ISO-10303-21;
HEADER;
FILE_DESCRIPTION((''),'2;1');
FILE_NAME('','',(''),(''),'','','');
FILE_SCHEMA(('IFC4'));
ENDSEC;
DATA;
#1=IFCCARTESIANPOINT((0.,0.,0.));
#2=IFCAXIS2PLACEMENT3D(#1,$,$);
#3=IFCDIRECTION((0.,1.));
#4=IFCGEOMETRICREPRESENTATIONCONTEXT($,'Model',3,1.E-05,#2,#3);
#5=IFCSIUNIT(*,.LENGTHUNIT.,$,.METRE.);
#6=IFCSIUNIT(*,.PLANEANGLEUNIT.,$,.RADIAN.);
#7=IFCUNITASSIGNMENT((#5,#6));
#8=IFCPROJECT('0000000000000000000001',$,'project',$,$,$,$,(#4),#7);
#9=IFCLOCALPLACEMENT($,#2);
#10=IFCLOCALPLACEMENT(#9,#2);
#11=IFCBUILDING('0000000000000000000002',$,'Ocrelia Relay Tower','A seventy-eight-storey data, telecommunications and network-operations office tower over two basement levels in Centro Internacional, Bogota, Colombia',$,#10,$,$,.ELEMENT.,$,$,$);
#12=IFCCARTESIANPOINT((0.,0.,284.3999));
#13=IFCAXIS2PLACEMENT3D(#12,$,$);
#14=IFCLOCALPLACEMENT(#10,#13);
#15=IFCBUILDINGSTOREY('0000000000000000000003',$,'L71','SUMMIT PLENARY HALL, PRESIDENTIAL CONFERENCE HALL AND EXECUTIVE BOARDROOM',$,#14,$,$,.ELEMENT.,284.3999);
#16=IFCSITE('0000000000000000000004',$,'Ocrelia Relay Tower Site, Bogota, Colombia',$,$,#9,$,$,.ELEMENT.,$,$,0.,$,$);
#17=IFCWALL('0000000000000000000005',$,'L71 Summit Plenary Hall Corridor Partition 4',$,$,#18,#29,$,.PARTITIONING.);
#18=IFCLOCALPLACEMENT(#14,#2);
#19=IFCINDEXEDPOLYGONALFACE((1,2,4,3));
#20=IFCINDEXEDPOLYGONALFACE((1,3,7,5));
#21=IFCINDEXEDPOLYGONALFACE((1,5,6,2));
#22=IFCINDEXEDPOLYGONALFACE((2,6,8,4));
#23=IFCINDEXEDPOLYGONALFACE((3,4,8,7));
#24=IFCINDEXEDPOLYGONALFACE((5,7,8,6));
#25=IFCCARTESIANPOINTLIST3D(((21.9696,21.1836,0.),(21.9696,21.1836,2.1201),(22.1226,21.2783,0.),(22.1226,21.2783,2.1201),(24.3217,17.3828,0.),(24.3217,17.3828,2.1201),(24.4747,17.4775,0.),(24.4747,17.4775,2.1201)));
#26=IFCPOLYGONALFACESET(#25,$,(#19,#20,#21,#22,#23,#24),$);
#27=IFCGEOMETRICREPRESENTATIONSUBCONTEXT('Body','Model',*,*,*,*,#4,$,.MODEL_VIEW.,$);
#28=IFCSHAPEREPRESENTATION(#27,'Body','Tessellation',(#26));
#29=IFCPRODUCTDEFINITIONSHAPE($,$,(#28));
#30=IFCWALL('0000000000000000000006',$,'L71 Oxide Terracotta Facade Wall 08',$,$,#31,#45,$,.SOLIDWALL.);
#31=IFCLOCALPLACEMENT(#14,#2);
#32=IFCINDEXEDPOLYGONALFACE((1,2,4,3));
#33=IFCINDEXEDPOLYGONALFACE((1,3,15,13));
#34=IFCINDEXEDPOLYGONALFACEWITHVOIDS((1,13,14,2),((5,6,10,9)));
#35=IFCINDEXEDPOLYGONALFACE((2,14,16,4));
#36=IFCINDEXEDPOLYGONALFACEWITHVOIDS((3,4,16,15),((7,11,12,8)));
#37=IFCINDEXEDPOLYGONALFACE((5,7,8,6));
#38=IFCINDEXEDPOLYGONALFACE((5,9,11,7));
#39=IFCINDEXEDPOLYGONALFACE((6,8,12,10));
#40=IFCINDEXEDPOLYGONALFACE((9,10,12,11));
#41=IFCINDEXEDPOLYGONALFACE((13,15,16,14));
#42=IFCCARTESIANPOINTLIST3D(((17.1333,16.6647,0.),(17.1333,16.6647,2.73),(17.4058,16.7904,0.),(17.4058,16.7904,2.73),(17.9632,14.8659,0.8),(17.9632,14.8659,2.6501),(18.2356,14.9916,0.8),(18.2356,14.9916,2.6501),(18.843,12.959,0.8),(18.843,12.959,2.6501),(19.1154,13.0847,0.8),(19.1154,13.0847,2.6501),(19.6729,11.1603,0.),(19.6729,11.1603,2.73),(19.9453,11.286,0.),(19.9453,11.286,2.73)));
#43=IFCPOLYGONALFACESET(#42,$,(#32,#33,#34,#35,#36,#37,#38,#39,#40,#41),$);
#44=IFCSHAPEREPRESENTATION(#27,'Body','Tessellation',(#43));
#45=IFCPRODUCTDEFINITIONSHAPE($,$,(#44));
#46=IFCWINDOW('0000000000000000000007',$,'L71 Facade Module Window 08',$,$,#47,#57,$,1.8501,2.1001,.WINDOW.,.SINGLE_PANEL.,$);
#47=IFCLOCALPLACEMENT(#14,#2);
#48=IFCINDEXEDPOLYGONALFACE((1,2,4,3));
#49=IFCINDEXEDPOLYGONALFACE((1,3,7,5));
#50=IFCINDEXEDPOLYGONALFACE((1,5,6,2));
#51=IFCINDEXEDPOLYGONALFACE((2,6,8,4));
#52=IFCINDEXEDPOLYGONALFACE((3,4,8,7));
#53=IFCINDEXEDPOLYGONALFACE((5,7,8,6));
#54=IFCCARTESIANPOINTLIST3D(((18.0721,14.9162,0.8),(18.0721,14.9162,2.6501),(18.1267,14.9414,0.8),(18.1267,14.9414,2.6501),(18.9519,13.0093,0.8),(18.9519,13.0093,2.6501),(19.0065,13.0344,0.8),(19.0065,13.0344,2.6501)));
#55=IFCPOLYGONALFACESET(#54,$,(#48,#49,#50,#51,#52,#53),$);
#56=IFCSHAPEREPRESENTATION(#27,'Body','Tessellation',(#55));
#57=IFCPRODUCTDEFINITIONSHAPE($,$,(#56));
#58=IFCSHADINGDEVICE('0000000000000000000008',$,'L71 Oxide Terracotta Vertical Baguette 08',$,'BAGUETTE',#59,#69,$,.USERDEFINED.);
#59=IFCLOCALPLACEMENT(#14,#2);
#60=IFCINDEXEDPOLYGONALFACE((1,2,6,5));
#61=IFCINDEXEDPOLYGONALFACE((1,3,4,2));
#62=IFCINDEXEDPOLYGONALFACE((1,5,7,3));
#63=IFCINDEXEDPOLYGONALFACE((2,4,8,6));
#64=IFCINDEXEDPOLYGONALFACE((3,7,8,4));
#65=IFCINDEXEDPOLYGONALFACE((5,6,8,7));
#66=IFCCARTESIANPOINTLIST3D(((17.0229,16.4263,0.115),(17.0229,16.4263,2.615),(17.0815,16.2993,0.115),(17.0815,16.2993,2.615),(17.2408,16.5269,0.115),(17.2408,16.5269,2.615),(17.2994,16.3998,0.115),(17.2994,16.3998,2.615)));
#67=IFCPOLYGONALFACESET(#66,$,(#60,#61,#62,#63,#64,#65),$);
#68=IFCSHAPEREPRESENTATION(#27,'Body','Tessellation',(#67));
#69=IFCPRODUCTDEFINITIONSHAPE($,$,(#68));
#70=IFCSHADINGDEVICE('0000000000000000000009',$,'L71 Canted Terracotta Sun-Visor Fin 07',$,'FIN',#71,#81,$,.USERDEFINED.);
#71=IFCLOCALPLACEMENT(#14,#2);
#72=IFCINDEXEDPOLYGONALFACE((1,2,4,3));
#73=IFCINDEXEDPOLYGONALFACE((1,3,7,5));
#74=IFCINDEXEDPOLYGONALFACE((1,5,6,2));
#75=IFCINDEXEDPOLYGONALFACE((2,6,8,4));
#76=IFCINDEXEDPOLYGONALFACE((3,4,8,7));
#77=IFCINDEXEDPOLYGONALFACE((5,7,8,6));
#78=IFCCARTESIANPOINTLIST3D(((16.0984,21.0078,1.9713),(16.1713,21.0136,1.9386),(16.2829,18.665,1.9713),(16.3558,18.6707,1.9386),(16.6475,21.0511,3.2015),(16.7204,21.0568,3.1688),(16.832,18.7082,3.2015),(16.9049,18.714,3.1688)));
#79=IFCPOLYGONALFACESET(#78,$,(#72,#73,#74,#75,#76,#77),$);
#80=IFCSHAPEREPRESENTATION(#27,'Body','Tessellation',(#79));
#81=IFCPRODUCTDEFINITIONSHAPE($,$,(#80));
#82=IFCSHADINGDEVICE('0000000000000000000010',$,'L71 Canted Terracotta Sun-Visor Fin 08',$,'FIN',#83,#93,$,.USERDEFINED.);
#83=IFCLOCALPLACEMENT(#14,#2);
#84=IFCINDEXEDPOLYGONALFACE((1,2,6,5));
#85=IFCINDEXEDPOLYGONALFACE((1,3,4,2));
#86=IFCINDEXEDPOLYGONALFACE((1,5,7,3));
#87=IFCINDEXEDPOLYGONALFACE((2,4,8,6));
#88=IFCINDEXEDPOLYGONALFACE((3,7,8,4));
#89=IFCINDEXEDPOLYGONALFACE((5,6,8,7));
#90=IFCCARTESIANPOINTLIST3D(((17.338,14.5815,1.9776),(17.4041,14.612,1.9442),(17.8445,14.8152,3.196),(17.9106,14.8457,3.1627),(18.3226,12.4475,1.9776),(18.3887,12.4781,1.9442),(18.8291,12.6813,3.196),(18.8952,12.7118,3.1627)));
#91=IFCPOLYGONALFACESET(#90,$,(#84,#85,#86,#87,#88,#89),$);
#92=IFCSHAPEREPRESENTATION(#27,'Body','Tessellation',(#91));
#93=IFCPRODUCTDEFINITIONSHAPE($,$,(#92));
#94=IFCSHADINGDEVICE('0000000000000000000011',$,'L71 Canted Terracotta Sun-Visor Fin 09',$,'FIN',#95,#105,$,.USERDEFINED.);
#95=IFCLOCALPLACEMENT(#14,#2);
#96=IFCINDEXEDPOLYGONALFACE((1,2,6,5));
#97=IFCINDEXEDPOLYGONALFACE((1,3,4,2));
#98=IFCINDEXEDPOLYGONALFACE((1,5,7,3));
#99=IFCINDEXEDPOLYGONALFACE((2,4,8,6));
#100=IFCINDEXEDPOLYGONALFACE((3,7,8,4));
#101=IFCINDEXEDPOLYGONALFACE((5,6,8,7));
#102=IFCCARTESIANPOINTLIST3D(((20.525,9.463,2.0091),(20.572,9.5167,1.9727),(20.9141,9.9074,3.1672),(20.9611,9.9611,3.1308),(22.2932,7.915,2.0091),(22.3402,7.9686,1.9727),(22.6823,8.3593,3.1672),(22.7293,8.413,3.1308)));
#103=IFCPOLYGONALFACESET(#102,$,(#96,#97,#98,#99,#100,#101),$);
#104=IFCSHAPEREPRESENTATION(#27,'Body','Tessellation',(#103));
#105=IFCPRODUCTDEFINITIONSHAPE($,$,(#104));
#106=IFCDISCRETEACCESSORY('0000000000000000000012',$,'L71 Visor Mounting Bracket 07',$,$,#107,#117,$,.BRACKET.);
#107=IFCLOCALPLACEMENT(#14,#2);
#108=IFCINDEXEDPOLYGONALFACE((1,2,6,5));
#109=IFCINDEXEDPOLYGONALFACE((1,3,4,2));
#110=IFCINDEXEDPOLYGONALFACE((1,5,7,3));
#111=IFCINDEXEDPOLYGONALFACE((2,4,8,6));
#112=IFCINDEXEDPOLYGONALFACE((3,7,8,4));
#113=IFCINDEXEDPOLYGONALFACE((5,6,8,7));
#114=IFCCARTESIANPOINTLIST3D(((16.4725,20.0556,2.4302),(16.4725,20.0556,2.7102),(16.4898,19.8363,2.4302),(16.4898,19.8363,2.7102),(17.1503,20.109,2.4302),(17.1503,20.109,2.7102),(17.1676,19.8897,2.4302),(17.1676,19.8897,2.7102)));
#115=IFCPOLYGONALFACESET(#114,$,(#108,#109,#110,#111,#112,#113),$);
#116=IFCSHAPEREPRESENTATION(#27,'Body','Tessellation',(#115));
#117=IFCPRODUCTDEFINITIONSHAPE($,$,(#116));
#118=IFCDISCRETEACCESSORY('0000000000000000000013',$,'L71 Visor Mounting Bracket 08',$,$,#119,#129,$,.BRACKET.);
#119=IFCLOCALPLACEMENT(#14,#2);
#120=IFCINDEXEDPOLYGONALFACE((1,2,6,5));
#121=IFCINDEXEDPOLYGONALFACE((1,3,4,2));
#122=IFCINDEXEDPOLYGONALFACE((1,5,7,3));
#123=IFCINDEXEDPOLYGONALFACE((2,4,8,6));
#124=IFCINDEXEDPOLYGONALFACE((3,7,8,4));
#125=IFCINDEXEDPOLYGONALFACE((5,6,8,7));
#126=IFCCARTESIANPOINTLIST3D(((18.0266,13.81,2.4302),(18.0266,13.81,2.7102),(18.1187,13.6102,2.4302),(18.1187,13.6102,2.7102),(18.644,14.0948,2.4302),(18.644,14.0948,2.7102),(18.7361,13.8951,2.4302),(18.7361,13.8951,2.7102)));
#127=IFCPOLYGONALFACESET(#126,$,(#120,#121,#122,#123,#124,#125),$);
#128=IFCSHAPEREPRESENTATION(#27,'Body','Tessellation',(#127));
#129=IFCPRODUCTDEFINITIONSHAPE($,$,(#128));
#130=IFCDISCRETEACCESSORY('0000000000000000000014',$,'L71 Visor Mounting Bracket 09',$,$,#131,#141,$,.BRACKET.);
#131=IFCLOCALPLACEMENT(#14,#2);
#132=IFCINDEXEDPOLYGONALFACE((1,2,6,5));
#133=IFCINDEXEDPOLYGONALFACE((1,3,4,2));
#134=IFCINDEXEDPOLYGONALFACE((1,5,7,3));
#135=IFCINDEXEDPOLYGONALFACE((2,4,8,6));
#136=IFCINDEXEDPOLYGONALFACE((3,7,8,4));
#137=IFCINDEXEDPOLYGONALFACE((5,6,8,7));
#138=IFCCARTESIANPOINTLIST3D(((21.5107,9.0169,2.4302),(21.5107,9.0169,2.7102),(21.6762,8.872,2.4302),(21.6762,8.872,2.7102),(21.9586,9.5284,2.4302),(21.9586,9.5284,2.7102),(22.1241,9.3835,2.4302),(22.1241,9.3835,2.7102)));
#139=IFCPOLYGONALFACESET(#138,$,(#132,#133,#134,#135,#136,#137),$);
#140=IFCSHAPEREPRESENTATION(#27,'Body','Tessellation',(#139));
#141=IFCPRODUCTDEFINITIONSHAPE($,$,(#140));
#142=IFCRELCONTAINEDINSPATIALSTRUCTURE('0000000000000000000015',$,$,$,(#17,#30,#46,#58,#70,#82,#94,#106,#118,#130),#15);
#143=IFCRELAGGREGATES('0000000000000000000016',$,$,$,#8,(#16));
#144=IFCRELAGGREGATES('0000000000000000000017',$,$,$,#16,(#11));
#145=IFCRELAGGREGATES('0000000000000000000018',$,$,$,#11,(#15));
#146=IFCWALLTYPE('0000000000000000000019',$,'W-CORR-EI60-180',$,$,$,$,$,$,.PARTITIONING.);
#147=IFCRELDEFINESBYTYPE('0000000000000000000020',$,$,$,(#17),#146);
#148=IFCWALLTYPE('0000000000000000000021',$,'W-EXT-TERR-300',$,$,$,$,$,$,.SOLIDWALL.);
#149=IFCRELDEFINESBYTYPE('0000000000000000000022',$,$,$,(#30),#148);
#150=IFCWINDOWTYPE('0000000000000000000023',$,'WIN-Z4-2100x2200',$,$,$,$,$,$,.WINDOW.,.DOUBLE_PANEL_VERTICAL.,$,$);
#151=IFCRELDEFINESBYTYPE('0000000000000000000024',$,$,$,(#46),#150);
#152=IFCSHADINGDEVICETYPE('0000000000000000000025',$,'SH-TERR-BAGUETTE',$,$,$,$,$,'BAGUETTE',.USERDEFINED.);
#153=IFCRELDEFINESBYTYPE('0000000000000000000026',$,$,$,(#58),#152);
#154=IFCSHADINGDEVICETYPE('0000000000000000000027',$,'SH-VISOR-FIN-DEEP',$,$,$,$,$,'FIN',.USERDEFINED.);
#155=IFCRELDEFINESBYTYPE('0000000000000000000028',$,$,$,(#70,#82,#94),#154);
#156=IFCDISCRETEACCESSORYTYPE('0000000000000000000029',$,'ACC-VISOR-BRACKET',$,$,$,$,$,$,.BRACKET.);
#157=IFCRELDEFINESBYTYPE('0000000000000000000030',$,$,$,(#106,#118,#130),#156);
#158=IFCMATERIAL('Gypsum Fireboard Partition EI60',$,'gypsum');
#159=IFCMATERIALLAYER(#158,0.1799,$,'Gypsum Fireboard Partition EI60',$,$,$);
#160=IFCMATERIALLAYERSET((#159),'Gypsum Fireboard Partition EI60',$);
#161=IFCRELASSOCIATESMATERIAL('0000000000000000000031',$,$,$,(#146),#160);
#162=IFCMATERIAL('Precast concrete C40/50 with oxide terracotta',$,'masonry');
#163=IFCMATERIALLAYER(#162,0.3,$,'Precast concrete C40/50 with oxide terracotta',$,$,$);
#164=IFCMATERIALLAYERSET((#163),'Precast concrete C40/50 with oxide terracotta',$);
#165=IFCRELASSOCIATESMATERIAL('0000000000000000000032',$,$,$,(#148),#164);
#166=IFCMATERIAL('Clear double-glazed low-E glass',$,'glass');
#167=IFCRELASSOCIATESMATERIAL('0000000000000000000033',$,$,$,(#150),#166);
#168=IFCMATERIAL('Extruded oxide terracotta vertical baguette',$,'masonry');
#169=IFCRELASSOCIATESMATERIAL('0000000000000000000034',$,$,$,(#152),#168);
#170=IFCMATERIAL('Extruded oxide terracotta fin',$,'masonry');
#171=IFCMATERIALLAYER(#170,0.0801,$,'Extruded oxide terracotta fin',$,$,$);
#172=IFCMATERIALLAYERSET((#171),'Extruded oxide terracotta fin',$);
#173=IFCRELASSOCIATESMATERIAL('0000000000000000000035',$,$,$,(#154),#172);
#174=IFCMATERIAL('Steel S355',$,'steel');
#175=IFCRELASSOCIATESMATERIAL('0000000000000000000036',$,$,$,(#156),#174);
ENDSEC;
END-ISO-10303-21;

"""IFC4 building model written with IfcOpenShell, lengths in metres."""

from ifc_helpers import new_model, si_unit, direction, frame, frame_2d, origin, origin_2d, place, context, subcontext, project, spatial, rectangle, extrude, material, layer, layer_set, type_object, element, fill, save


model = new_model("IFC4")

# Units and contexts
model_context = context("Model", 3, precision=1e-05, world=origin(), true_north=direction((0.0, 1.0)))
body_context = subcontext(model_context, "Body", "Model", "MODEL_VIEW")
ifc_project = project(units=[si_unit("LENGTHUNIT", "METRE"), si_unit("PLANEANGLEUNIT", "RADIAN")], contexts=[model_context])

# Site, building, storey
site_placement = place(None, origin())
site = spatial("IfcSite", under=ifc_project, at=site_placement, Name="Ocrelia Relay Tower Site, Bogota, Colombia", CompositionType="ELEMENT", RefElevation=0.0)
building_placement = place(site_placement, origin())
building = spatial("IfcBuilding", under=site, at=building_placement, Name="Ocrelia Relay Tower", Description="A seventy-eight-storey data, telecommunications and network-operations office tower over two basement levels in Centro Internacional, Bogota, Colombia", CompositionType="ELEMENT")
storey_placement = place(building_placement, frame((0.0, 0.0, 284.3999)))
storey = spatial("IfcBuildingStorey", under=building, at=storey_placement, Name="L71", Description="SUMMIT PLENARY HALL, PRESIDENTIAL CONFERENCE HALL AND EXECUTIVE BOARDROOM", CompositionType="ELEMENT", Elevation=284.3999)

# Shared definitions
ifc_material_1 = material(Name="Steel S355", Category="steel")

# Shared definitions
ifc_material_2 = material(Name="Clear double-glazed low-E glass", Category="glass")

# Wall
ifc_material_3 = material(Name="Gypsum Fireboard Partition EI60", Category="gypsum")
ifc_layer_1 = layer(ifc_material_3, 0.1799, Name="Gypsum Fireboard Partition EI60")
ifc_layer_set_1 = layer_set([ifc_layer_1], Name="Gypsum Fireboard Partition EI60")
wall_type_1 = type_object("IfcWallType", Name="W-CORR-EI60-180", PredefinedType="PARTITIONING", material=ifc_layer_set_1)
wall_1_placement = place(storey_placement, frame((22.0461, 21.231, 0.0), z_axis=(0.0, 0.0, 1.0), x_axis=(0.526223, -0.850347, 0.0)))
element("IfcWall", 1, at=wall_1_placement, inside=storey, type_object=wall_type_1, Name="L71 Summit Plenary Hall Corridor Partition 4", PredefinedType="PARTITIONING", context=body_context, shape_type="SweptSolid", body=[
    extrude(rectangle(XDim=4.4697, YDim=0.1799, at=frame_2d((2.2349, 0.0))), origin(), (0.0, 0.0, 1.0), 2.1201),
])

# Wall, opening, window
ifc_material_4 = material(Name="Precast concrete C40/50 with oxide terracotta", Category="masonry")
ifc_layer_2 = layer(ifc_material_4, 0.3, Name="Precast concrete C40/50 with oxide terracotta")
ifc_layer_set_2 = layer_set([ifc_layer_2], Name="Precast concrete C40/50 with oxide terracotta")
wall_type_2 = type_object("IfcWallType", Name="W-EXT-TERR-300", PredefinedType="SOLIDWALL", material=ifc_layer_set_2)
wall_2_placement = place(storey_placement, frame((17.2695, 16.7275, 0.0), z_axis=(0.0, 0.0, 1.0), x_axis=(0.41893, -0.908018, 0.0)))
wall_2 = element("IfcWall", 2, at=wall_2_placement, inside=storey, type_object=wall_type_2, Name="L71 Oxide Terracotta Facade Wall 08", PredefinedType="SOLIDWALL", context=body_context, shape_type="SweptSolid", body=[
    extrude(rectangle(XDim=6.062, YDim=0.3, at=frame_2d((3.031, 0.0))), origin(), (0.0, 0.0, 1.0), 2.73),
])
opening_1_placement = place(wall_2_placement, frame((1.981, 0.0, 0.8)))
opening_1 = element("IfcOpeningElement", 3, at=opening_1_placement, cuts=wall_2, PredefinedType="OPENING", context=body_context, shape_type="SweptSolid", body=[
    extrude(rectangle(XDim=2.1001, YDim=1.8501, at=frame_2d((1.05, 0.925))), frame((0.0, 0.1602, 0.0), z_axis=(0.0, -1.0, 0.0), x_axis=(1.0, 0.0, 0.0)), (0.0, 0.0, 1.0), 0.3201),
])
window_type_1 = type_object("IfcWindowType", Name="WIN-Z4-2100x2200", PartitioningType="DOUBLE_PANEL_VERTICAL", PredefinedType="WINDOW", material=ifc_material_2)
window_1_placement = place(opening_1_placement, origin())
window_1 = element("IfcWindow", 4, at=window_1_placement, inside=storey, type_object=window_type_1, Name="L71 Facade Module Window 08", OverallHeight=1.8501, OverallWidth=2.1001, PartitioningType="SINGLE_PANEL", PredefinedType="WINDOW", context=body_context, shape_type="SweptSolid", body=[
    extrude(rectangle(XDim=2.1001, YDim=1.8501, at=frame_2d((1.05, 0.925))), frame((0.0, 0.03, 0.0), z_axis=(0.0, -1.0, 0.0), x_axis=(1.0, 0.0, 0.0)), (0.0, 0.0, 1.0), 0.0601),
])
fill(opening_1, window_1)

# Shading devices
ifc_material_5 = material(Name="Extruded oxide terracotta vertical baguette", Category="masonry")
shading_device_type_1 = type_object("IfcShadingDeviceType", Name="SH-TERR-BAGUETTE", ElementType="BAGUETTE", PredefinedType="USERDEFINED", material=ifc_material_5)
shading_device_1_placement = place(storey_placement, frame((17.1611, 16.4131, 0.115), z_axis=(0.0, 0.0, 1.0), x_axis=(0.418943, -0.908012, 0.0)))
element("IfcShadingDevice", 5, at=shading_device_1_placement, inside=storey, type_object=shading_device_type_1, Name="L71 Oxide Terracotta Vertical Baguette 08", ObjectType="BAGUETTE", PredefinedType="USERDEFINED", context=body_context, shape_type="SweptSolid", body=[
    extrude(rectangle(XDim=0.1399, YDim=0.24, at=origin_2d()), origin(), (0.0, 0.0, 1.0), 2.5),
])
ifc_material_6 = material(Name="Extruded oxide terracotta fin", Category="masonry")
ifc_layer_3 = layer(ifc_material_6, 0.0801, Name="Extruded oxide terracotta fin")
ifc_layer_set_3 = layer_set([ifc_layer_3], Name="Extruded oxide terracotta fin")
shading_device_type_2 = type_object("IfcShadingDeviceType", Name="SH-VISOR-FIN-DEEP", ElementType="FIN", PredefinedType="USERDEFINED", material=ifc_layer_set_3)
shading_device_2_placement = place(storey_placement, frame((16.5381, 19.8638, 2.5537), z_axis=(-0.909874, -0.071662, 0.408649), x_axis=(0.078517, -0.996913, 0.0)))
element("IfcShadingDevice", 6, at=shading_device_2_placement, inside=storey, type_object=shading_device_type_2, Name="L71 Canted Terracotta Sun-Visor Fin 07", ObjectType="FIN", PredefinedType="USERDEFINED", context=body_context, shape_type="SweptSolid", body=[
    extrude(rectangle(XDim=2.3501, YDim=1.3479, at=origin_2d()), origin(), (0.0, 0.0, 1.0), 0.0801),
])
shading_device_3_placement = place(storey_placement, frame((18.1497, 13.6619, 2.5535), z_axis=(-0.825598, -0.380918, 0.416281), x_axis=(0.418943, -0.908012, 0.0)))
element("IfcShadingDevice", 7, at=shading_device_3_placement, inside=storey, type_object=shading_device_type_2, Name="L71 Canted Terracotta Sun-Visor Fin 08", ObjectType="FIN", PredefinedType="USERDEFINED", context=body_context, shape_type="SweptSolid", body=[
    extrude(rectangle(XDim=2.3501, YDim=1.3401, at=origin_2d()), origin(), (0.0, 0.0, 1.0), 0.0801),
])
shading_device_4_placement = place(storey_placement, frame((21.6506, 8.9648, 2.5518), z_axis=(-0.586815, -0.670267, 0.454301), x_axis=(0.752392, -0.658715, 0.0)))
element("IfcShadingDevice", 8, at=shading_device_4_placement, inside=storey, type_object=shading_device_type_2, Name="L71 Canted Terracotta Sun-Visor Fin 09", ObjectType="FIN", PredefinedType="USERDEFINED", context=body_context, shape_type="SweptSolid", body=[
    extrude(rectangle(XDim=2.3501, YDim=1.3, at=origin_2d()), origin(), (0.0, 0.0, 1.0), 0.0801),
])

# Discrete accessories
discrete_accessory_type = type_object("IfcDiscreteAccessoryType", Name="ACC-VISOR-BRACKET", PredefinedType="BRACKET", material=ifc_material_1)
for number, where, z_axis, x_axis, name in (
    (9, (16.8201, 19.9727, 2.4302), (0.0, 0.0, 1.0), (0.078517, -0.996913, 0.0), "L71 Visor Mounting Bracket 07"),
    (10, (18.3813, 13.8525, 2.4302), (0.0, 0.0, 1.0), (0.418943, -0.908012, 0.0), "L71 Visor Mounting Bracket 08"),
    (11, (21.8174, 9.2002, 2.4302), (0.0, 0.0, 1.0), (0.752392, -0.658715, 0.0), "L71 Visor Mounting Bracket 09"),
):
    element("IfcDiscreteAccessory", number, at=place(storey_placement, frame(where, z_axis=z_axis, x_axis=x_axis)), inside=storey, type_object=discrete_accessory_type, Name=name, PredefinedType="BRACKET", context=body_context, shape_type="SweptSolid", body=[
        extrude(rectangle(XDim=0.22, YDim=0.6799, at=origin_2d()), origin(), (0.0, 0.0, 1.0), 0.28),
    ])

save(model, "model.ifc")
